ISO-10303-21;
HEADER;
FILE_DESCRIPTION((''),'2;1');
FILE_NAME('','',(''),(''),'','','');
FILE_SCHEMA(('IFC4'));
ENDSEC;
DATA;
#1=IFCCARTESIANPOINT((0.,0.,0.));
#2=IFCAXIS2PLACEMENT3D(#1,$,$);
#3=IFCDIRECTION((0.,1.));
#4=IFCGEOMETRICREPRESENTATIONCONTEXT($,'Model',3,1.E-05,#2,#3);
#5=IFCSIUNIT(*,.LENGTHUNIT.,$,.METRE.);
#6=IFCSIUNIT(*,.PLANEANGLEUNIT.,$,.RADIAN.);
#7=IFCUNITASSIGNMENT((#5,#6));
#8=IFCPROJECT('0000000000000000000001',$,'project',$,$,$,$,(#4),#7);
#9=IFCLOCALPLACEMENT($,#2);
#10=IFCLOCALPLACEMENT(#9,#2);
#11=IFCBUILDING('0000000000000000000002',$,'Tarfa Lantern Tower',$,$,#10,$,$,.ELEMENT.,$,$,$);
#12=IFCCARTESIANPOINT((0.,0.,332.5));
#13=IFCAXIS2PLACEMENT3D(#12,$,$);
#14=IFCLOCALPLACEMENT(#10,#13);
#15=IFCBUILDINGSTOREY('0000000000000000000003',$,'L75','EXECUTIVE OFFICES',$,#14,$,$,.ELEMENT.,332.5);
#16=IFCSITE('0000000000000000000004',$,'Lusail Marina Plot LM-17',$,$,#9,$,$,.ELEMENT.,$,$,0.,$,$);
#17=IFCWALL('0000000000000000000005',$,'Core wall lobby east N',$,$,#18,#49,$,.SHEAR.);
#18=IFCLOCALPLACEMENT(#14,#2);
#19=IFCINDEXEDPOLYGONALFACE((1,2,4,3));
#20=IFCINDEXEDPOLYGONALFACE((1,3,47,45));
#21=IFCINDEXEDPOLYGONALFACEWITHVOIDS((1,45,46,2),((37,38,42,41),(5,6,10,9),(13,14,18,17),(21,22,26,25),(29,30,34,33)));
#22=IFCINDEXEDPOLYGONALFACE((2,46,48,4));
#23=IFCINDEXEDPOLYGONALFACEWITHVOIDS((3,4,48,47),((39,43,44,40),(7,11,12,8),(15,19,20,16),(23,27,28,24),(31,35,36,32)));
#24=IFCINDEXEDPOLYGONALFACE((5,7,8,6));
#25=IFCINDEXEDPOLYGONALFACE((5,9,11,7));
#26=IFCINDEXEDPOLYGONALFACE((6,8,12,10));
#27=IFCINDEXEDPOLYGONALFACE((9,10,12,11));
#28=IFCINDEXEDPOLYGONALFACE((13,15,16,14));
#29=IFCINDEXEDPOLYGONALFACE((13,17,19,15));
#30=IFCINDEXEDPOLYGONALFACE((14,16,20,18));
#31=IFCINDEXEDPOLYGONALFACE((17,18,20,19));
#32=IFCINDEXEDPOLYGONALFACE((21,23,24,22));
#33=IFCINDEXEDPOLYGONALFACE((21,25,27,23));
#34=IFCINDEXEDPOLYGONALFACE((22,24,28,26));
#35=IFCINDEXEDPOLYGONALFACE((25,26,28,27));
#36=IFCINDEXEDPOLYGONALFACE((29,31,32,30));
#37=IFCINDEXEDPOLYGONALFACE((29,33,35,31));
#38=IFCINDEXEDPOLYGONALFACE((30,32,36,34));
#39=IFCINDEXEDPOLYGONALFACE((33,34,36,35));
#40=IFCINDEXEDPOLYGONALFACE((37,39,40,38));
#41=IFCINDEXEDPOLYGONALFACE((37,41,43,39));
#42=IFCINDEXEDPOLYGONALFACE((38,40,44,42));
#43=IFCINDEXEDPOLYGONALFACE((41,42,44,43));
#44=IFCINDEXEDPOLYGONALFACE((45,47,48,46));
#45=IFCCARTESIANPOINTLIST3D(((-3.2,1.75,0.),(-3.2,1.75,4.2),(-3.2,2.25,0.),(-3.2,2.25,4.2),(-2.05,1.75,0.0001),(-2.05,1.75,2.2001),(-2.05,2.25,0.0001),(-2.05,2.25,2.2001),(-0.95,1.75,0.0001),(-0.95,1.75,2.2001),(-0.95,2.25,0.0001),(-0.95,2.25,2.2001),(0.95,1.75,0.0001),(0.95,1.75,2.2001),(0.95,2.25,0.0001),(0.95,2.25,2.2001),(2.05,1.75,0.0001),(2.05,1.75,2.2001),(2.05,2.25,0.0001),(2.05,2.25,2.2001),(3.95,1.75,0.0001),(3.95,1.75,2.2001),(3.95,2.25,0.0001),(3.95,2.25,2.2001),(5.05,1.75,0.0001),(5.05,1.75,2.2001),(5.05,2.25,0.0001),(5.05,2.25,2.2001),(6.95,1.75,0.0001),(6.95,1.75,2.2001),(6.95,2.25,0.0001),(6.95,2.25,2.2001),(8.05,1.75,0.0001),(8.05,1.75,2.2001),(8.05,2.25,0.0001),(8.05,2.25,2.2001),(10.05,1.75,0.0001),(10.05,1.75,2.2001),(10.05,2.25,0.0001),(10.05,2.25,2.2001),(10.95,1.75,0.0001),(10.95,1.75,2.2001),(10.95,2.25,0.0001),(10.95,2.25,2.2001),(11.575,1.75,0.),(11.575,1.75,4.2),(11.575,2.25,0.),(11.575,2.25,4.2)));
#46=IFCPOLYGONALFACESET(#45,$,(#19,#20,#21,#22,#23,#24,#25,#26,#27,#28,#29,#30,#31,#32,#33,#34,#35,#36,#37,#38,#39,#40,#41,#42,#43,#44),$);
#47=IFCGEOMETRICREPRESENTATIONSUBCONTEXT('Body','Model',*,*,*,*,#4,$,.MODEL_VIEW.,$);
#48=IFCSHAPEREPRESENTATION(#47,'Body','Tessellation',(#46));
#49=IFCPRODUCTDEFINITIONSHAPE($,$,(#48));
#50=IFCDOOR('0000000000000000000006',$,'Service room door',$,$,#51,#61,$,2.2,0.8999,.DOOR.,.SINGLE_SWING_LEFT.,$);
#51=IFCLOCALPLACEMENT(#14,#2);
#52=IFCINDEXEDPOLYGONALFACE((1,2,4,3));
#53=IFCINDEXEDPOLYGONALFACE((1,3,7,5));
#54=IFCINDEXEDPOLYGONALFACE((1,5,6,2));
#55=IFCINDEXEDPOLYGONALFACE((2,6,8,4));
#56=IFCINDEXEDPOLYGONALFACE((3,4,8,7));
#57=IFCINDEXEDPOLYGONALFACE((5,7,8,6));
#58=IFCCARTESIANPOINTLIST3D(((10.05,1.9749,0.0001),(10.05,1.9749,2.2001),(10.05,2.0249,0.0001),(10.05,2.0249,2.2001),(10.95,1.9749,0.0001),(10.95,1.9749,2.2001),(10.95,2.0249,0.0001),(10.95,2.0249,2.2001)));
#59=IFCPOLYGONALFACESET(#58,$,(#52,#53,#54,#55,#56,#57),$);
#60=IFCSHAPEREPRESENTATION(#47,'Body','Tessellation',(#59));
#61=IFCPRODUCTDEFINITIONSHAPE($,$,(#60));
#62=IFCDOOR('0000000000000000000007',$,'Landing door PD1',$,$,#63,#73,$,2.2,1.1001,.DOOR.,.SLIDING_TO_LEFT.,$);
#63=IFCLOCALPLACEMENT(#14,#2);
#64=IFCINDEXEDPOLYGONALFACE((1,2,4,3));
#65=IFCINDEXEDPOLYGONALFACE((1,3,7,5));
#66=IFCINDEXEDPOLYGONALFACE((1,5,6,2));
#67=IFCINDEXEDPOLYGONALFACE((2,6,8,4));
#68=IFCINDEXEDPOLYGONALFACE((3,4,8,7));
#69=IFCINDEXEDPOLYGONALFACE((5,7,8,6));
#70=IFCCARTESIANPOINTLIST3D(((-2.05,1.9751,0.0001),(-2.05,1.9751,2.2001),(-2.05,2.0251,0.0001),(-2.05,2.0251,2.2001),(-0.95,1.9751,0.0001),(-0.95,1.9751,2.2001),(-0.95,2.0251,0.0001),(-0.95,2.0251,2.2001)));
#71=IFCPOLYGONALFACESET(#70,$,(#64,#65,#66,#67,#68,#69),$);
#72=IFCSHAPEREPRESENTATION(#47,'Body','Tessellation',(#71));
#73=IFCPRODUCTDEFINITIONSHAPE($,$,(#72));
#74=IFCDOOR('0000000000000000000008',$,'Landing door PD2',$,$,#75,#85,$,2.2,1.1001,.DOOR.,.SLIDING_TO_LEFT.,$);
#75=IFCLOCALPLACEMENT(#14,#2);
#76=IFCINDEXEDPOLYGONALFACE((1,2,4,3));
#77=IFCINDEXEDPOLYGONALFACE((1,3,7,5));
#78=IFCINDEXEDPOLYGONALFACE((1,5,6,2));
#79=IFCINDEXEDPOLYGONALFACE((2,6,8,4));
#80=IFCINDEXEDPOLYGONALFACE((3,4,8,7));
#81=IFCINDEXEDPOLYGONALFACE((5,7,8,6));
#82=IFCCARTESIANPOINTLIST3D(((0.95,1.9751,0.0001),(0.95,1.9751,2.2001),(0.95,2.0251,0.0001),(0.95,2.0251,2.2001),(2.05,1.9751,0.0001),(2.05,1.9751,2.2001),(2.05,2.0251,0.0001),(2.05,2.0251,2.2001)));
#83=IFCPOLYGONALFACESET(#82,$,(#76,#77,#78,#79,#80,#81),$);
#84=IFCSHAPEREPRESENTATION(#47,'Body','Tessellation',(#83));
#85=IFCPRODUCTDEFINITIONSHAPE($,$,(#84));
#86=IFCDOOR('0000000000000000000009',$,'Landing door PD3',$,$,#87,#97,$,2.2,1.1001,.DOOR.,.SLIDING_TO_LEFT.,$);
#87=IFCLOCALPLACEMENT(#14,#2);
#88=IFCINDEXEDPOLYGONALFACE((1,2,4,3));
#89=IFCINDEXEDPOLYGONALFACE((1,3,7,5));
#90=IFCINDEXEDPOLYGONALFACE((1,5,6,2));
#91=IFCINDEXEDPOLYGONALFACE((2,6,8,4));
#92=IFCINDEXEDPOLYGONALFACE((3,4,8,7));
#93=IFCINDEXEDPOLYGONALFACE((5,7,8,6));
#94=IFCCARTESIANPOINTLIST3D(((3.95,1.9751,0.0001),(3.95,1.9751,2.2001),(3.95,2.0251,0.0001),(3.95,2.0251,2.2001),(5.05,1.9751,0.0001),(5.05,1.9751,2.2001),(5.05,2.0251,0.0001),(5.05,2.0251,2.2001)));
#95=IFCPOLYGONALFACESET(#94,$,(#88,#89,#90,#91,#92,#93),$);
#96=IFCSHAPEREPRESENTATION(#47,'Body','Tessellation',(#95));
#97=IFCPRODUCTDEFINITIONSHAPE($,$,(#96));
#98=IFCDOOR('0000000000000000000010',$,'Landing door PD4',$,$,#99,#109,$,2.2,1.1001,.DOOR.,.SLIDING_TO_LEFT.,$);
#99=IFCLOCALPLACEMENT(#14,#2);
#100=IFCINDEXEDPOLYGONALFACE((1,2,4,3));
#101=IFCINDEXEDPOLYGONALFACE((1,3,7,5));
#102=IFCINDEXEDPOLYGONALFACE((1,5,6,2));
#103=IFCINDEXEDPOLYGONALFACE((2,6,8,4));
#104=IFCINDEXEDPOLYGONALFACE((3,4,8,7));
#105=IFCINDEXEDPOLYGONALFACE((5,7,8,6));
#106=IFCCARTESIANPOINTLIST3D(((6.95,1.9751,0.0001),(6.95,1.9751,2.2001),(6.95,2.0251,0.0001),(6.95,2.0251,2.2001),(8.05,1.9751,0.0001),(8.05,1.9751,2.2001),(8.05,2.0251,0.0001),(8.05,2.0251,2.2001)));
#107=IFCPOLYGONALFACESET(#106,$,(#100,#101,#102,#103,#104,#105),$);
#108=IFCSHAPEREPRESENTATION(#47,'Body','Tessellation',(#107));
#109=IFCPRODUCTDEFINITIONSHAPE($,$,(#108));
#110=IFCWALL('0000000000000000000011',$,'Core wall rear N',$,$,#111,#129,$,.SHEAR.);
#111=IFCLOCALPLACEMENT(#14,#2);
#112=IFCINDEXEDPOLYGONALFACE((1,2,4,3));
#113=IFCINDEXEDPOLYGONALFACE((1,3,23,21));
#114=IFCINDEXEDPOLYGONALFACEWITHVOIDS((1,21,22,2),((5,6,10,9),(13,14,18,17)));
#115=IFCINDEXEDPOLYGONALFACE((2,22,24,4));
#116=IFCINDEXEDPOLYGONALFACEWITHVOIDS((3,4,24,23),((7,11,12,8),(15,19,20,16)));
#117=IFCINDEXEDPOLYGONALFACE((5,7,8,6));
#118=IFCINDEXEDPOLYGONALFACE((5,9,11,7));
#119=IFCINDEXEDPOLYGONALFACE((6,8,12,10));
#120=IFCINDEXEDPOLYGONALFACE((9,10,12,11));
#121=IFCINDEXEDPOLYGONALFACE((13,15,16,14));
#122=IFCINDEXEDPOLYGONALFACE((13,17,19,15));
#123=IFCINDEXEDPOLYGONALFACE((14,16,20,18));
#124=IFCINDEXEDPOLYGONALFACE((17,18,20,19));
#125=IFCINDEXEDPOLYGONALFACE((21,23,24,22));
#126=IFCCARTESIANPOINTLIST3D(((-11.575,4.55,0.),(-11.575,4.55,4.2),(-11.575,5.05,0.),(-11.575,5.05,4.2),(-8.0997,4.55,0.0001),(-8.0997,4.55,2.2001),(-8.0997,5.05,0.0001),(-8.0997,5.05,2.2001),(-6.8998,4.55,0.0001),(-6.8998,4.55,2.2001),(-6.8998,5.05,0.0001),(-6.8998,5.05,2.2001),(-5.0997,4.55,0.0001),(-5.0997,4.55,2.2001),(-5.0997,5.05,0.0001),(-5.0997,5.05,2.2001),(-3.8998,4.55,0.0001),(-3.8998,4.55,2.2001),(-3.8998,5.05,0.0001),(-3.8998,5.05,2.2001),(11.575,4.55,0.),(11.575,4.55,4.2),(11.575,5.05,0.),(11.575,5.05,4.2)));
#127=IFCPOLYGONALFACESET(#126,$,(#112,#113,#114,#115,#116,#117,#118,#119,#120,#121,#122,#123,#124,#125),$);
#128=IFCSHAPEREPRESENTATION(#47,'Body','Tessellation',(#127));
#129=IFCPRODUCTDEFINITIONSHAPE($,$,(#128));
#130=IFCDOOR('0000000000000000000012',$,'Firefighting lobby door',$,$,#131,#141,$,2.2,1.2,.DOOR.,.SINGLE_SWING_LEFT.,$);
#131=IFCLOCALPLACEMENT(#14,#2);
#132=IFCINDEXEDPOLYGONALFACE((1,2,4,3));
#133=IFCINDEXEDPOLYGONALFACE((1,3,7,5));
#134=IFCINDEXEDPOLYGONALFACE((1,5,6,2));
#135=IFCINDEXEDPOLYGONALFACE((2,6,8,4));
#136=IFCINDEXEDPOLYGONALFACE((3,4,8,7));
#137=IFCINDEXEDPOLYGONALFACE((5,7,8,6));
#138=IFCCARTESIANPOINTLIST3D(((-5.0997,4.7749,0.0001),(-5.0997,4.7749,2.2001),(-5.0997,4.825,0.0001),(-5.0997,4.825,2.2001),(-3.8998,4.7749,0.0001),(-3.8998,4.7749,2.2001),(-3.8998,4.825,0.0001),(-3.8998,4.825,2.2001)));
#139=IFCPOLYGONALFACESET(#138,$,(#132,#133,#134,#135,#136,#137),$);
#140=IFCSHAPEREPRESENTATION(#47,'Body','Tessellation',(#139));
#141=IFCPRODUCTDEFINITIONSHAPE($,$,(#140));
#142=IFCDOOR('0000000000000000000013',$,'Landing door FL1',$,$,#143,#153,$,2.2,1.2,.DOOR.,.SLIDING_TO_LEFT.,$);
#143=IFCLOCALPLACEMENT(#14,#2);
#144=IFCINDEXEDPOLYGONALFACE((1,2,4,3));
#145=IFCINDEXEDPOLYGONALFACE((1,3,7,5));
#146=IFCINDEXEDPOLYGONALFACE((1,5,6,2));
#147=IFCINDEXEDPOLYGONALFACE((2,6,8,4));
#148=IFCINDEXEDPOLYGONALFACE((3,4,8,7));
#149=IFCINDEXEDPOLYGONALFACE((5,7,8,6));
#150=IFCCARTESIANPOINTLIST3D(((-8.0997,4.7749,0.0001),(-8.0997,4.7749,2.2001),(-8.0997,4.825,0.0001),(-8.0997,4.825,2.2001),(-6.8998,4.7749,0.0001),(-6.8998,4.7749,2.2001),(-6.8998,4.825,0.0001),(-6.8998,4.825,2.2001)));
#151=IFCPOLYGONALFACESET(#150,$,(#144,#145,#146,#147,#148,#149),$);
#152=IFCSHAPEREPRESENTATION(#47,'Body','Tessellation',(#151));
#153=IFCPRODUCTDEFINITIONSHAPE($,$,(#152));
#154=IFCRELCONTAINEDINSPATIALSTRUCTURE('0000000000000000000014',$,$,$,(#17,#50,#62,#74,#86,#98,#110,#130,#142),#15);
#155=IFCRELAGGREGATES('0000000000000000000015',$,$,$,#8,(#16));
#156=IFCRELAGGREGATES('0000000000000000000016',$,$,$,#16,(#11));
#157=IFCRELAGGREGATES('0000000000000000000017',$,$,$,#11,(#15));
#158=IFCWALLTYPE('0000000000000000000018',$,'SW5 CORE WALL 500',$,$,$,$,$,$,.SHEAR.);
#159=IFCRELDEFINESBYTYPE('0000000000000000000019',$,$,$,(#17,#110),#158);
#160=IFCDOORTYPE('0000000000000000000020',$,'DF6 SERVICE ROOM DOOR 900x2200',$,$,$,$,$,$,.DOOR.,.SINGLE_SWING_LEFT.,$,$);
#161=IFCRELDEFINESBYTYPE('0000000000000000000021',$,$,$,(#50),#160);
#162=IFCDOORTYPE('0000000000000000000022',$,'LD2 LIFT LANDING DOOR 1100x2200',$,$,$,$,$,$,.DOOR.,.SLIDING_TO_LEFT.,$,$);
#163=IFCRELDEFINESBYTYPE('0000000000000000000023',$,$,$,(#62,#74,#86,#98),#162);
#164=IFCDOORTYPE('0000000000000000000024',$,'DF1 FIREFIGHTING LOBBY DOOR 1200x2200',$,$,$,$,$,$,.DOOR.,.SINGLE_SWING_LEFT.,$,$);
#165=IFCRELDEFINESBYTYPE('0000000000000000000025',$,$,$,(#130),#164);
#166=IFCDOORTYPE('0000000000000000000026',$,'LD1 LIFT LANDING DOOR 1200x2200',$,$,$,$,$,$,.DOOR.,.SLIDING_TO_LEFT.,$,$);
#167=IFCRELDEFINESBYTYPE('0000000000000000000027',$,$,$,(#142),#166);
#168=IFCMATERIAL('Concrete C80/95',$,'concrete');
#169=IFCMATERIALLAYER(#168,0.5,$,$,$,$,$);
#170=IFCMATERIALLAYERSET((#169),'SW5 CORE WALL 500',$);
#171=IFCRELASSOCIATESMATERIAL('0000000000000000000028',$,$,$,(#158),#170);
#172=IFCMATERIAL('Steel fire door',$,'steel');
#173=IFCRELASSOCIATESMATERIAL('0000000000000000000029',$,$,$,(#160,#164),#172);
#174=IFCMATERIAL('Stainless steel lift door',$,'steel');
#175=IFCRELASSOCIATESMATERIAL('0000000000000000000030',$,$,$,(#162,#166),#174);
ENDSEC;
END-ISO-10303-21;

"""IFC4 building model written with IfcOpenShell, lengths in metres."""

from ifc_helpers import new_model, si_unit, direction, frame, frame_2d, origin, place, context, subcontext, project, spatial, rectangle, extrude, material, layer, layer_set, type_object, element, fill, save


model = new_model("IFC4")

# Units and contexts
model_context = context("Model", 3, precision=1e-05, world=origin(), true_north=direction((0.0, 1.0)))
body_context = subcontext(model_context, "Body", "Model", "MODEL_VIEW")
ifc_project = project(units=[si_unit("LENGTHUNIT", "METRE"), si_unit("PLANEANGLEUNIT", "RADIAN")], contexts=[model_context])

# Site, building, storey
site_placement = place(None, origin())
site = spatial("IfcSite", under=ifc_project, at=site_placement, Name="Lusail Marina Plot LM-17", CompositionType="ELEMENT", RefElevation=0.0)
building_placement = place(site_placement, origin())
building = spatial("IfcBuilding", under=site, at=building_placement, Name="Tarfa Lantern Tower", CompositionType="ELEMENT")
storey_placement = place(building_placement, frame((0.0, 0.0, 332.5)))
storey = spatial("IfcBuildingStorey", under=building, at=storey_placement, Name="L75", Description="EXECUTIVE OFFICES", CompositionType="ELEMENT", Elevation=332.5)

# Shared definitions
ifc_material_1 = material(Name="Concrete C80/95", Category="concrete")
ifc_layer_1 = layer(ifc_material_1, 0.5)
ifc_layer_set_1 = layer_set([ifc_layer_1], Name="SW5 CORE WALL 500")
wall_type_1 = type_object("IfcWallType", Name="SW5 CORE WALL 500", PredefinedType="SHEAR", material=ifc_layer_set_1)
ifc_material_2 = material(Name="Steel fire door", Category="steel")
door_type_1 = type_object("IfcDoorType", Name="DF6 SERVICE ROOM DOOR 900x2200", OperationType="SINGLE_SWING_LEFT", PredefinedType="DOOR", material=ifc_material_2)

# Walls, openings, doors
wall_1_placement = place(storey_placement, frame((-3.2, 2.0, 0.0), z_axis=(0.0, 0.0, 1.0), x_axis=(1.0, 0.0, 0.0)))
wall_1 = element("IfcWall", 1, at=wall_1_placement, inside=storey, type_object=wall_type_1, Name="Core wall lobby east N", PredefinedType="SHEAR", context=body_context, shape_type="SweptSolid", body=[
    extrude(rectangle(XDim=14.7749, YDim=0.5, at=frame_2d((7.3875, 0.0))), origin(), (0.0, 0.0, 1.0), 4.2),
])
opening_1_placement = place(wall_1_placement, frame((13.25, 0.0, 0.0)))
opening_1 = element("IfcOpeningElement", 2, at=opening_1_placement, cuts=wall_1, PredefinedType="OPENING", context=body_context, shape_type="SweptSolid", body=[
    extrude(rectangle(XDim=0.8999, YDim=2.2, at=frame_2d((0.45, 1.1001))), frame((0.0, 0.26, 0.0), z_axis=(0.0, -1.0, 0.0), x_axis=(1.0, 0.0, 0.0)), (0.0, 0.0, 1.0), 0.52),
])
opening_2_placement = place(wall_1_placement, frame((1.1499, 0.0, 0.0)))
opening_2 = element("IfcOpeningElement", 3, at=opening_2_placement, cuts=wall_1, PredefinedType="OPENING", context=body_context, shape_type="SweptSolid", body=[
    extrude(rectangle(XDim=1.1001, YDim=2.2, at=frame_2d((0.55, 1.1001))), frame((0.0, 0.26, 0.0), z_axis=(0.0, -1.0, 0.0), x_axis=(1.0, 0.0, 0.0)), (0.0, 0.0, 1.0), 0.52),
])
opening_3_placement = place(wall_1_placement, frame((4.1499, 0.0, 0.0)))
opening_3 = element("IfcOpeningElement", 4, at=opening_3_placement, cuts=wall_1, PredefinedType="OPENING", context=body_context, shape_type="SweptSolid", body=[
    extrude(rectangle(XDim=1.1001, YDim=2.2, at=frame_2d((0.55, 1.1001))), frame((0.0, 0.26, 0.0), z_axis=(0.0, -1.0, 0.0), x_axis=(1.0, 0.0, 0.0)), (0.0, 0.0, 1.0), 0.52),
])
opening_4_placement = place(wall_1_placement, frame((7.1499, 0.0, 0.0)))
opening_4 = element("IfcOpeningElement", 5, at=opening_4_placement, cuts=wall_1, PredefinedType="OPENING", context=body_context, shape_type="SweptSolid", body=[
    extrude(rectangle(XDim=1.1001, YDim=2.2, at=frame_2d((0.55, 1.1001))), frame((0.0, 0.26, 0.0), z_axis=(0.0, -1.0, 0.0), x_axis=(1.0, 0.0, 0.0)), (0.0, 0.0, 1.0), 0.52),
])
opening_5_placement = place(wall_1_placement, frame((10.1499, 0.0, 0.0)))
opening_5 = element("IfcOpeningElement", 6, at=opening_5_placement, cuts=wall_1, PredefinedType="OPENING", context=body_context, shape_type="SweptSolid", body=[
    extrude(rectangle(XDim=1.1001, YDim=2.2, at=frame_2d((0.55, 1.1001))), frame((0.0, 0.26, 0.0), z_axis=(0.0, -1.0, 0.0), x_axis=(1.0, 0.0, 0.0)), (0.0, 0.0, 1.0), 0.52),
])
door_1_placement = place(opening_1_placement, origin())
door_1 = element("IfcDoor", 7, at=door_1_placement, inside=storey, type_object=door_type_1, Name="Service room door", OperationType="SINGLE_SWING_LEFT", OverallHeight=2.2, OverallWidth=0.8999, PredefinedType="DOOR", context=body_context, shape_type="SweptSolid", body=[
    extrude(rectangle(XDim=0.8999, YDim=2.2, at=frame_2d((0.45, 1.1001))), frame((0.0, 0.0249, 0.0), z_axis=(0.0, -1.0, 0.0), x_axis=(1.0, 0.0, 0.0)), (0.0, 0.0, 1.0), 0.05),
])
fill(opening_1, door_1)
ifc_material_3 = material(Name="Stainless steel lift door", Category="steel")
door_type_2 = type_object("IfcDoorType", Name="LD2 LIFT LANDING DOOR 1100x2200", OperationType="SLIDING_TO_LEFT", PredefinedType="DOOR", material=ifc_material_3)
door_2_placement = place(opening_2_placement, frame((1.1001, 0.0, 0.0), z_axis=(0.0, 0.0, 1.0), x_axis=(-1.0, 0.0, 0.0)))
door_2 = element("IfcDoor", 8, at=door_2_placement, inside=storey, type_object=door_type_2, Name="Landing door PD1", OperationType="SLIDING_TO_LEFT", OverallHeight=2.2, OverallWidth=1.1001, PredefinedType="DOOR", context=body_context, shape_type="SweptSolid", body=[
    extrude(rectangle(XDim=1.1001, YDim=2.2, at=frame_2d((0.55, 1.1001))), frame((0.0, 0.0249, 0.0), z_axis=(0.0, -1.0, 0.0), x_axis=(1.0, 0.0, 0.0)), (0.0, 0.0, 1.0), 0.05),
])
fill(opening_2, door_2)
door_3_placement = place(opening_3_placement, frame((1.1001, 0.0, 0.0), z_axis=(0.0, 0.0, 1.0), x_axis=(-1.0, 0.0, 0.0)))
door_3 = element("IfcDoor", 9, at=door_3_placement, inside=storey, type_object=door_type_2, Name="Landing door PD2", OperationType="SLIDING_TO_LEFT", OverallHeight=2.2, OverallWidth=1.1001, PredefinedType="DOOR", context=body_context, shape_type="SweptSolid", body=[
    extrude(rectangle(XDim=1.1001, YDim=2.2, at=frame_2d((0.55, 1.1001))), frame((0.0, 0.0249, 0.0), z_axis=(0.0, -1.0, 0.0), x_axis=(1.0, 0.0, 0.0)), (0.0, 0.0, 1.0), 0.05),
])
fill(opening_3, door_3)
door_4_placement = place(opening_4_placement, frame((1.1001, 0.0, 0.0), z_axis=(0.0, 0.0, 1.0), x_axis=(-1.0, 0.0, 0.0)))
door_4 = element("IfcDoor", 10, at=door_4_placement, inside=storey, type_object=door_type_2, Name="Landing door PD3", OperationType="SLIDING_TO_LEFT", OverallHeight=2.2, OverallWidth=1.1001, PredefinedType="DOOR", context=body_context, shape_type="SweptSolid", body=[
    extrude(rectangle(XDim=1.1001, YDim=2.2, at=frame_2d((0.55, 1.1001))), frame((0.0, 0.0249, 0.0), z_axis=(0.0, -1.0, 0.0), x_axis=(1.0, 0.0, 0.0)), (0.0, 0.0, 1.0), 0.05),
])
fill(opening_4, door_4)
door_5_placement = place(opening_5_placement, frame((1.1001, 0.0, 0.0), z_axis=(0.0, 0.0, 1.0), x_axis=(-1.0, 0.0, 0.0)))
door_5 = element("IfcDoor", 11, at=door_5_placement, inside=storey, type_object=door_type_2, Name="Landing door PD4", OperationType="SLIDING_TO_LEFT", OverallHeight=2.2, OverallWidth=1.1001, PredefinedType="DOOR", context=body_context, shape_type="SweptSolid", body=[
    extrude(rectangle(XDim=1.1001, YDim=2.2, at=frame_2d((0.55, 1.1001))), frame((0.0, 0.0249, 0.0), z_axis=(0.0, -1.0, 0.0), x_axis=(1.0, 0.0, 0.0)), (0.0, 0.0, 1.0), 0.05),
])
fill(opening_5, door_5)
wall_2_placement = place(storey_placement, frame((-11.575, 4.8, 0.0), z_axis=(0.0, 0.0, 1.0), x_axis=(1.0, 0.0, 0.0)))
wall_2 = element("IfcWall", 12, at=wall_2_placement, inside=storey, type_object=wall_type_1, Name="Core wall rear N", PredefinedType="SHEAR", context=body_context, shape_type="SweptSolid", body=[
    extrude(rectangle(XDim=23.1499, YDim=0.5, at=frame_2d((11.575, 0.0))), origin(), (0.0, 0.0, 1.0), 4.2),
])
opening_6_placement = place(wall_2_placement, frame((6.4751, 0.0, 0.0)))
opening_6 = element("IfcOpeningElement", 13, at=opening_6_placement, cuts=wall_2, PredefinedType="OPENING", context=body_context, shape_type="SweptSolid", body=[
    extrude(rectangle(XDim=1.2, YDim=2.2, at=frame_2d((0.6001, 1.1001))), frame((0.0, 0.26, 0.0), z_axis=(0.0, -1.0, 0.0), x_axis=(1.0, 0.0, 0.0)), (0.0, 0.0, 1.0), 0.52),
])
opening_7_placement = place(wall_2_placement, frame((3.4751, 0.0, 0.0)))
opening_7 = element("IfcOpeningElement", 14, at=opening_7_placement, cuts=wall_2, PredefinedType="OPENING", context=body_context, shape_type="SweptSolid", body=[
    extrude(rectangle(XDim=1.2, YDim=2.2, at=frame_2d((0.6001, 1.1001))), frame((0.0, 0.26, 0.0), z_axis=(0.0, -1.0, 0.0), x_axis=(1.0, 0.0, 0.0)), (0.0, 0.0, 1.0), 0.52),
])
door_type_3 = type_object("IfcDoorType", Name="DF1 FIREFIGHTING LOBBY DOOR 1200x2200", OperationType="SINGLE_SWING_LEFT", PredefinedType="DOOR", material=ifc_material_2)
door_6_placement = place(opening_6_placement, origin())
door_6 = element("IfcDoor", 15, at=door_6_placement, inside=storey, type_object=door_type_3, Name="Firefighting lobby door", OperationType="SINGLE_SWING_LEFT", OverallHeight=2.2, OverallWidth=1.2, PredefinedType="DOOR", context=body_context, shape_type="SweptSolid", body=[
    extrude(rectangle(XDim=1.2, YDim=2.2, at=frame_2d((0.6001, 1.1001))), frame((0.0, 0.0249, 0.0), z_axis=(0.0, -1.0, 0.0), x_axis=(1.0, 0.0, 0.0)), (0.0, 0.0, 1.0), 0.05),
])
fill(opening_6, door_6)
door_type_4 = type_object("IfcDoorType", Name="LD1 LIFT LANDING DOOR 1200x2200", OperationType="SLIDING_TO_LEFT", PredefinedType="DOOR", material=ifc_material_3)
door_7_placement = place(opening_7_placement, origin())
door_7 = element("IfcDoor", 16, at=door_7_placement, inside=storey, type_object=door_type_4, Name="Landing door FL1", OperationType="SLIDING_TO_LEFT", OverallHeight=2.2, OverallWidth=1.2, PredefinedType="DOOR", context=body_context, shape_type="SweptSolid", body=[
    extrude(rectangle(XDim=1.2, YDim=2.2, at=frame_2d((0.6001, 1.1001))), frame((0.0, 0.0249, 0.0), z_axis=(0.0, -1.0, 0.0), x_axis=(1.0, 0.0, 0.0)), (0.0, 0.0, 1.0), 0.05),
])
fill(opening_7, door_7)

save(model, "model.ifc")
